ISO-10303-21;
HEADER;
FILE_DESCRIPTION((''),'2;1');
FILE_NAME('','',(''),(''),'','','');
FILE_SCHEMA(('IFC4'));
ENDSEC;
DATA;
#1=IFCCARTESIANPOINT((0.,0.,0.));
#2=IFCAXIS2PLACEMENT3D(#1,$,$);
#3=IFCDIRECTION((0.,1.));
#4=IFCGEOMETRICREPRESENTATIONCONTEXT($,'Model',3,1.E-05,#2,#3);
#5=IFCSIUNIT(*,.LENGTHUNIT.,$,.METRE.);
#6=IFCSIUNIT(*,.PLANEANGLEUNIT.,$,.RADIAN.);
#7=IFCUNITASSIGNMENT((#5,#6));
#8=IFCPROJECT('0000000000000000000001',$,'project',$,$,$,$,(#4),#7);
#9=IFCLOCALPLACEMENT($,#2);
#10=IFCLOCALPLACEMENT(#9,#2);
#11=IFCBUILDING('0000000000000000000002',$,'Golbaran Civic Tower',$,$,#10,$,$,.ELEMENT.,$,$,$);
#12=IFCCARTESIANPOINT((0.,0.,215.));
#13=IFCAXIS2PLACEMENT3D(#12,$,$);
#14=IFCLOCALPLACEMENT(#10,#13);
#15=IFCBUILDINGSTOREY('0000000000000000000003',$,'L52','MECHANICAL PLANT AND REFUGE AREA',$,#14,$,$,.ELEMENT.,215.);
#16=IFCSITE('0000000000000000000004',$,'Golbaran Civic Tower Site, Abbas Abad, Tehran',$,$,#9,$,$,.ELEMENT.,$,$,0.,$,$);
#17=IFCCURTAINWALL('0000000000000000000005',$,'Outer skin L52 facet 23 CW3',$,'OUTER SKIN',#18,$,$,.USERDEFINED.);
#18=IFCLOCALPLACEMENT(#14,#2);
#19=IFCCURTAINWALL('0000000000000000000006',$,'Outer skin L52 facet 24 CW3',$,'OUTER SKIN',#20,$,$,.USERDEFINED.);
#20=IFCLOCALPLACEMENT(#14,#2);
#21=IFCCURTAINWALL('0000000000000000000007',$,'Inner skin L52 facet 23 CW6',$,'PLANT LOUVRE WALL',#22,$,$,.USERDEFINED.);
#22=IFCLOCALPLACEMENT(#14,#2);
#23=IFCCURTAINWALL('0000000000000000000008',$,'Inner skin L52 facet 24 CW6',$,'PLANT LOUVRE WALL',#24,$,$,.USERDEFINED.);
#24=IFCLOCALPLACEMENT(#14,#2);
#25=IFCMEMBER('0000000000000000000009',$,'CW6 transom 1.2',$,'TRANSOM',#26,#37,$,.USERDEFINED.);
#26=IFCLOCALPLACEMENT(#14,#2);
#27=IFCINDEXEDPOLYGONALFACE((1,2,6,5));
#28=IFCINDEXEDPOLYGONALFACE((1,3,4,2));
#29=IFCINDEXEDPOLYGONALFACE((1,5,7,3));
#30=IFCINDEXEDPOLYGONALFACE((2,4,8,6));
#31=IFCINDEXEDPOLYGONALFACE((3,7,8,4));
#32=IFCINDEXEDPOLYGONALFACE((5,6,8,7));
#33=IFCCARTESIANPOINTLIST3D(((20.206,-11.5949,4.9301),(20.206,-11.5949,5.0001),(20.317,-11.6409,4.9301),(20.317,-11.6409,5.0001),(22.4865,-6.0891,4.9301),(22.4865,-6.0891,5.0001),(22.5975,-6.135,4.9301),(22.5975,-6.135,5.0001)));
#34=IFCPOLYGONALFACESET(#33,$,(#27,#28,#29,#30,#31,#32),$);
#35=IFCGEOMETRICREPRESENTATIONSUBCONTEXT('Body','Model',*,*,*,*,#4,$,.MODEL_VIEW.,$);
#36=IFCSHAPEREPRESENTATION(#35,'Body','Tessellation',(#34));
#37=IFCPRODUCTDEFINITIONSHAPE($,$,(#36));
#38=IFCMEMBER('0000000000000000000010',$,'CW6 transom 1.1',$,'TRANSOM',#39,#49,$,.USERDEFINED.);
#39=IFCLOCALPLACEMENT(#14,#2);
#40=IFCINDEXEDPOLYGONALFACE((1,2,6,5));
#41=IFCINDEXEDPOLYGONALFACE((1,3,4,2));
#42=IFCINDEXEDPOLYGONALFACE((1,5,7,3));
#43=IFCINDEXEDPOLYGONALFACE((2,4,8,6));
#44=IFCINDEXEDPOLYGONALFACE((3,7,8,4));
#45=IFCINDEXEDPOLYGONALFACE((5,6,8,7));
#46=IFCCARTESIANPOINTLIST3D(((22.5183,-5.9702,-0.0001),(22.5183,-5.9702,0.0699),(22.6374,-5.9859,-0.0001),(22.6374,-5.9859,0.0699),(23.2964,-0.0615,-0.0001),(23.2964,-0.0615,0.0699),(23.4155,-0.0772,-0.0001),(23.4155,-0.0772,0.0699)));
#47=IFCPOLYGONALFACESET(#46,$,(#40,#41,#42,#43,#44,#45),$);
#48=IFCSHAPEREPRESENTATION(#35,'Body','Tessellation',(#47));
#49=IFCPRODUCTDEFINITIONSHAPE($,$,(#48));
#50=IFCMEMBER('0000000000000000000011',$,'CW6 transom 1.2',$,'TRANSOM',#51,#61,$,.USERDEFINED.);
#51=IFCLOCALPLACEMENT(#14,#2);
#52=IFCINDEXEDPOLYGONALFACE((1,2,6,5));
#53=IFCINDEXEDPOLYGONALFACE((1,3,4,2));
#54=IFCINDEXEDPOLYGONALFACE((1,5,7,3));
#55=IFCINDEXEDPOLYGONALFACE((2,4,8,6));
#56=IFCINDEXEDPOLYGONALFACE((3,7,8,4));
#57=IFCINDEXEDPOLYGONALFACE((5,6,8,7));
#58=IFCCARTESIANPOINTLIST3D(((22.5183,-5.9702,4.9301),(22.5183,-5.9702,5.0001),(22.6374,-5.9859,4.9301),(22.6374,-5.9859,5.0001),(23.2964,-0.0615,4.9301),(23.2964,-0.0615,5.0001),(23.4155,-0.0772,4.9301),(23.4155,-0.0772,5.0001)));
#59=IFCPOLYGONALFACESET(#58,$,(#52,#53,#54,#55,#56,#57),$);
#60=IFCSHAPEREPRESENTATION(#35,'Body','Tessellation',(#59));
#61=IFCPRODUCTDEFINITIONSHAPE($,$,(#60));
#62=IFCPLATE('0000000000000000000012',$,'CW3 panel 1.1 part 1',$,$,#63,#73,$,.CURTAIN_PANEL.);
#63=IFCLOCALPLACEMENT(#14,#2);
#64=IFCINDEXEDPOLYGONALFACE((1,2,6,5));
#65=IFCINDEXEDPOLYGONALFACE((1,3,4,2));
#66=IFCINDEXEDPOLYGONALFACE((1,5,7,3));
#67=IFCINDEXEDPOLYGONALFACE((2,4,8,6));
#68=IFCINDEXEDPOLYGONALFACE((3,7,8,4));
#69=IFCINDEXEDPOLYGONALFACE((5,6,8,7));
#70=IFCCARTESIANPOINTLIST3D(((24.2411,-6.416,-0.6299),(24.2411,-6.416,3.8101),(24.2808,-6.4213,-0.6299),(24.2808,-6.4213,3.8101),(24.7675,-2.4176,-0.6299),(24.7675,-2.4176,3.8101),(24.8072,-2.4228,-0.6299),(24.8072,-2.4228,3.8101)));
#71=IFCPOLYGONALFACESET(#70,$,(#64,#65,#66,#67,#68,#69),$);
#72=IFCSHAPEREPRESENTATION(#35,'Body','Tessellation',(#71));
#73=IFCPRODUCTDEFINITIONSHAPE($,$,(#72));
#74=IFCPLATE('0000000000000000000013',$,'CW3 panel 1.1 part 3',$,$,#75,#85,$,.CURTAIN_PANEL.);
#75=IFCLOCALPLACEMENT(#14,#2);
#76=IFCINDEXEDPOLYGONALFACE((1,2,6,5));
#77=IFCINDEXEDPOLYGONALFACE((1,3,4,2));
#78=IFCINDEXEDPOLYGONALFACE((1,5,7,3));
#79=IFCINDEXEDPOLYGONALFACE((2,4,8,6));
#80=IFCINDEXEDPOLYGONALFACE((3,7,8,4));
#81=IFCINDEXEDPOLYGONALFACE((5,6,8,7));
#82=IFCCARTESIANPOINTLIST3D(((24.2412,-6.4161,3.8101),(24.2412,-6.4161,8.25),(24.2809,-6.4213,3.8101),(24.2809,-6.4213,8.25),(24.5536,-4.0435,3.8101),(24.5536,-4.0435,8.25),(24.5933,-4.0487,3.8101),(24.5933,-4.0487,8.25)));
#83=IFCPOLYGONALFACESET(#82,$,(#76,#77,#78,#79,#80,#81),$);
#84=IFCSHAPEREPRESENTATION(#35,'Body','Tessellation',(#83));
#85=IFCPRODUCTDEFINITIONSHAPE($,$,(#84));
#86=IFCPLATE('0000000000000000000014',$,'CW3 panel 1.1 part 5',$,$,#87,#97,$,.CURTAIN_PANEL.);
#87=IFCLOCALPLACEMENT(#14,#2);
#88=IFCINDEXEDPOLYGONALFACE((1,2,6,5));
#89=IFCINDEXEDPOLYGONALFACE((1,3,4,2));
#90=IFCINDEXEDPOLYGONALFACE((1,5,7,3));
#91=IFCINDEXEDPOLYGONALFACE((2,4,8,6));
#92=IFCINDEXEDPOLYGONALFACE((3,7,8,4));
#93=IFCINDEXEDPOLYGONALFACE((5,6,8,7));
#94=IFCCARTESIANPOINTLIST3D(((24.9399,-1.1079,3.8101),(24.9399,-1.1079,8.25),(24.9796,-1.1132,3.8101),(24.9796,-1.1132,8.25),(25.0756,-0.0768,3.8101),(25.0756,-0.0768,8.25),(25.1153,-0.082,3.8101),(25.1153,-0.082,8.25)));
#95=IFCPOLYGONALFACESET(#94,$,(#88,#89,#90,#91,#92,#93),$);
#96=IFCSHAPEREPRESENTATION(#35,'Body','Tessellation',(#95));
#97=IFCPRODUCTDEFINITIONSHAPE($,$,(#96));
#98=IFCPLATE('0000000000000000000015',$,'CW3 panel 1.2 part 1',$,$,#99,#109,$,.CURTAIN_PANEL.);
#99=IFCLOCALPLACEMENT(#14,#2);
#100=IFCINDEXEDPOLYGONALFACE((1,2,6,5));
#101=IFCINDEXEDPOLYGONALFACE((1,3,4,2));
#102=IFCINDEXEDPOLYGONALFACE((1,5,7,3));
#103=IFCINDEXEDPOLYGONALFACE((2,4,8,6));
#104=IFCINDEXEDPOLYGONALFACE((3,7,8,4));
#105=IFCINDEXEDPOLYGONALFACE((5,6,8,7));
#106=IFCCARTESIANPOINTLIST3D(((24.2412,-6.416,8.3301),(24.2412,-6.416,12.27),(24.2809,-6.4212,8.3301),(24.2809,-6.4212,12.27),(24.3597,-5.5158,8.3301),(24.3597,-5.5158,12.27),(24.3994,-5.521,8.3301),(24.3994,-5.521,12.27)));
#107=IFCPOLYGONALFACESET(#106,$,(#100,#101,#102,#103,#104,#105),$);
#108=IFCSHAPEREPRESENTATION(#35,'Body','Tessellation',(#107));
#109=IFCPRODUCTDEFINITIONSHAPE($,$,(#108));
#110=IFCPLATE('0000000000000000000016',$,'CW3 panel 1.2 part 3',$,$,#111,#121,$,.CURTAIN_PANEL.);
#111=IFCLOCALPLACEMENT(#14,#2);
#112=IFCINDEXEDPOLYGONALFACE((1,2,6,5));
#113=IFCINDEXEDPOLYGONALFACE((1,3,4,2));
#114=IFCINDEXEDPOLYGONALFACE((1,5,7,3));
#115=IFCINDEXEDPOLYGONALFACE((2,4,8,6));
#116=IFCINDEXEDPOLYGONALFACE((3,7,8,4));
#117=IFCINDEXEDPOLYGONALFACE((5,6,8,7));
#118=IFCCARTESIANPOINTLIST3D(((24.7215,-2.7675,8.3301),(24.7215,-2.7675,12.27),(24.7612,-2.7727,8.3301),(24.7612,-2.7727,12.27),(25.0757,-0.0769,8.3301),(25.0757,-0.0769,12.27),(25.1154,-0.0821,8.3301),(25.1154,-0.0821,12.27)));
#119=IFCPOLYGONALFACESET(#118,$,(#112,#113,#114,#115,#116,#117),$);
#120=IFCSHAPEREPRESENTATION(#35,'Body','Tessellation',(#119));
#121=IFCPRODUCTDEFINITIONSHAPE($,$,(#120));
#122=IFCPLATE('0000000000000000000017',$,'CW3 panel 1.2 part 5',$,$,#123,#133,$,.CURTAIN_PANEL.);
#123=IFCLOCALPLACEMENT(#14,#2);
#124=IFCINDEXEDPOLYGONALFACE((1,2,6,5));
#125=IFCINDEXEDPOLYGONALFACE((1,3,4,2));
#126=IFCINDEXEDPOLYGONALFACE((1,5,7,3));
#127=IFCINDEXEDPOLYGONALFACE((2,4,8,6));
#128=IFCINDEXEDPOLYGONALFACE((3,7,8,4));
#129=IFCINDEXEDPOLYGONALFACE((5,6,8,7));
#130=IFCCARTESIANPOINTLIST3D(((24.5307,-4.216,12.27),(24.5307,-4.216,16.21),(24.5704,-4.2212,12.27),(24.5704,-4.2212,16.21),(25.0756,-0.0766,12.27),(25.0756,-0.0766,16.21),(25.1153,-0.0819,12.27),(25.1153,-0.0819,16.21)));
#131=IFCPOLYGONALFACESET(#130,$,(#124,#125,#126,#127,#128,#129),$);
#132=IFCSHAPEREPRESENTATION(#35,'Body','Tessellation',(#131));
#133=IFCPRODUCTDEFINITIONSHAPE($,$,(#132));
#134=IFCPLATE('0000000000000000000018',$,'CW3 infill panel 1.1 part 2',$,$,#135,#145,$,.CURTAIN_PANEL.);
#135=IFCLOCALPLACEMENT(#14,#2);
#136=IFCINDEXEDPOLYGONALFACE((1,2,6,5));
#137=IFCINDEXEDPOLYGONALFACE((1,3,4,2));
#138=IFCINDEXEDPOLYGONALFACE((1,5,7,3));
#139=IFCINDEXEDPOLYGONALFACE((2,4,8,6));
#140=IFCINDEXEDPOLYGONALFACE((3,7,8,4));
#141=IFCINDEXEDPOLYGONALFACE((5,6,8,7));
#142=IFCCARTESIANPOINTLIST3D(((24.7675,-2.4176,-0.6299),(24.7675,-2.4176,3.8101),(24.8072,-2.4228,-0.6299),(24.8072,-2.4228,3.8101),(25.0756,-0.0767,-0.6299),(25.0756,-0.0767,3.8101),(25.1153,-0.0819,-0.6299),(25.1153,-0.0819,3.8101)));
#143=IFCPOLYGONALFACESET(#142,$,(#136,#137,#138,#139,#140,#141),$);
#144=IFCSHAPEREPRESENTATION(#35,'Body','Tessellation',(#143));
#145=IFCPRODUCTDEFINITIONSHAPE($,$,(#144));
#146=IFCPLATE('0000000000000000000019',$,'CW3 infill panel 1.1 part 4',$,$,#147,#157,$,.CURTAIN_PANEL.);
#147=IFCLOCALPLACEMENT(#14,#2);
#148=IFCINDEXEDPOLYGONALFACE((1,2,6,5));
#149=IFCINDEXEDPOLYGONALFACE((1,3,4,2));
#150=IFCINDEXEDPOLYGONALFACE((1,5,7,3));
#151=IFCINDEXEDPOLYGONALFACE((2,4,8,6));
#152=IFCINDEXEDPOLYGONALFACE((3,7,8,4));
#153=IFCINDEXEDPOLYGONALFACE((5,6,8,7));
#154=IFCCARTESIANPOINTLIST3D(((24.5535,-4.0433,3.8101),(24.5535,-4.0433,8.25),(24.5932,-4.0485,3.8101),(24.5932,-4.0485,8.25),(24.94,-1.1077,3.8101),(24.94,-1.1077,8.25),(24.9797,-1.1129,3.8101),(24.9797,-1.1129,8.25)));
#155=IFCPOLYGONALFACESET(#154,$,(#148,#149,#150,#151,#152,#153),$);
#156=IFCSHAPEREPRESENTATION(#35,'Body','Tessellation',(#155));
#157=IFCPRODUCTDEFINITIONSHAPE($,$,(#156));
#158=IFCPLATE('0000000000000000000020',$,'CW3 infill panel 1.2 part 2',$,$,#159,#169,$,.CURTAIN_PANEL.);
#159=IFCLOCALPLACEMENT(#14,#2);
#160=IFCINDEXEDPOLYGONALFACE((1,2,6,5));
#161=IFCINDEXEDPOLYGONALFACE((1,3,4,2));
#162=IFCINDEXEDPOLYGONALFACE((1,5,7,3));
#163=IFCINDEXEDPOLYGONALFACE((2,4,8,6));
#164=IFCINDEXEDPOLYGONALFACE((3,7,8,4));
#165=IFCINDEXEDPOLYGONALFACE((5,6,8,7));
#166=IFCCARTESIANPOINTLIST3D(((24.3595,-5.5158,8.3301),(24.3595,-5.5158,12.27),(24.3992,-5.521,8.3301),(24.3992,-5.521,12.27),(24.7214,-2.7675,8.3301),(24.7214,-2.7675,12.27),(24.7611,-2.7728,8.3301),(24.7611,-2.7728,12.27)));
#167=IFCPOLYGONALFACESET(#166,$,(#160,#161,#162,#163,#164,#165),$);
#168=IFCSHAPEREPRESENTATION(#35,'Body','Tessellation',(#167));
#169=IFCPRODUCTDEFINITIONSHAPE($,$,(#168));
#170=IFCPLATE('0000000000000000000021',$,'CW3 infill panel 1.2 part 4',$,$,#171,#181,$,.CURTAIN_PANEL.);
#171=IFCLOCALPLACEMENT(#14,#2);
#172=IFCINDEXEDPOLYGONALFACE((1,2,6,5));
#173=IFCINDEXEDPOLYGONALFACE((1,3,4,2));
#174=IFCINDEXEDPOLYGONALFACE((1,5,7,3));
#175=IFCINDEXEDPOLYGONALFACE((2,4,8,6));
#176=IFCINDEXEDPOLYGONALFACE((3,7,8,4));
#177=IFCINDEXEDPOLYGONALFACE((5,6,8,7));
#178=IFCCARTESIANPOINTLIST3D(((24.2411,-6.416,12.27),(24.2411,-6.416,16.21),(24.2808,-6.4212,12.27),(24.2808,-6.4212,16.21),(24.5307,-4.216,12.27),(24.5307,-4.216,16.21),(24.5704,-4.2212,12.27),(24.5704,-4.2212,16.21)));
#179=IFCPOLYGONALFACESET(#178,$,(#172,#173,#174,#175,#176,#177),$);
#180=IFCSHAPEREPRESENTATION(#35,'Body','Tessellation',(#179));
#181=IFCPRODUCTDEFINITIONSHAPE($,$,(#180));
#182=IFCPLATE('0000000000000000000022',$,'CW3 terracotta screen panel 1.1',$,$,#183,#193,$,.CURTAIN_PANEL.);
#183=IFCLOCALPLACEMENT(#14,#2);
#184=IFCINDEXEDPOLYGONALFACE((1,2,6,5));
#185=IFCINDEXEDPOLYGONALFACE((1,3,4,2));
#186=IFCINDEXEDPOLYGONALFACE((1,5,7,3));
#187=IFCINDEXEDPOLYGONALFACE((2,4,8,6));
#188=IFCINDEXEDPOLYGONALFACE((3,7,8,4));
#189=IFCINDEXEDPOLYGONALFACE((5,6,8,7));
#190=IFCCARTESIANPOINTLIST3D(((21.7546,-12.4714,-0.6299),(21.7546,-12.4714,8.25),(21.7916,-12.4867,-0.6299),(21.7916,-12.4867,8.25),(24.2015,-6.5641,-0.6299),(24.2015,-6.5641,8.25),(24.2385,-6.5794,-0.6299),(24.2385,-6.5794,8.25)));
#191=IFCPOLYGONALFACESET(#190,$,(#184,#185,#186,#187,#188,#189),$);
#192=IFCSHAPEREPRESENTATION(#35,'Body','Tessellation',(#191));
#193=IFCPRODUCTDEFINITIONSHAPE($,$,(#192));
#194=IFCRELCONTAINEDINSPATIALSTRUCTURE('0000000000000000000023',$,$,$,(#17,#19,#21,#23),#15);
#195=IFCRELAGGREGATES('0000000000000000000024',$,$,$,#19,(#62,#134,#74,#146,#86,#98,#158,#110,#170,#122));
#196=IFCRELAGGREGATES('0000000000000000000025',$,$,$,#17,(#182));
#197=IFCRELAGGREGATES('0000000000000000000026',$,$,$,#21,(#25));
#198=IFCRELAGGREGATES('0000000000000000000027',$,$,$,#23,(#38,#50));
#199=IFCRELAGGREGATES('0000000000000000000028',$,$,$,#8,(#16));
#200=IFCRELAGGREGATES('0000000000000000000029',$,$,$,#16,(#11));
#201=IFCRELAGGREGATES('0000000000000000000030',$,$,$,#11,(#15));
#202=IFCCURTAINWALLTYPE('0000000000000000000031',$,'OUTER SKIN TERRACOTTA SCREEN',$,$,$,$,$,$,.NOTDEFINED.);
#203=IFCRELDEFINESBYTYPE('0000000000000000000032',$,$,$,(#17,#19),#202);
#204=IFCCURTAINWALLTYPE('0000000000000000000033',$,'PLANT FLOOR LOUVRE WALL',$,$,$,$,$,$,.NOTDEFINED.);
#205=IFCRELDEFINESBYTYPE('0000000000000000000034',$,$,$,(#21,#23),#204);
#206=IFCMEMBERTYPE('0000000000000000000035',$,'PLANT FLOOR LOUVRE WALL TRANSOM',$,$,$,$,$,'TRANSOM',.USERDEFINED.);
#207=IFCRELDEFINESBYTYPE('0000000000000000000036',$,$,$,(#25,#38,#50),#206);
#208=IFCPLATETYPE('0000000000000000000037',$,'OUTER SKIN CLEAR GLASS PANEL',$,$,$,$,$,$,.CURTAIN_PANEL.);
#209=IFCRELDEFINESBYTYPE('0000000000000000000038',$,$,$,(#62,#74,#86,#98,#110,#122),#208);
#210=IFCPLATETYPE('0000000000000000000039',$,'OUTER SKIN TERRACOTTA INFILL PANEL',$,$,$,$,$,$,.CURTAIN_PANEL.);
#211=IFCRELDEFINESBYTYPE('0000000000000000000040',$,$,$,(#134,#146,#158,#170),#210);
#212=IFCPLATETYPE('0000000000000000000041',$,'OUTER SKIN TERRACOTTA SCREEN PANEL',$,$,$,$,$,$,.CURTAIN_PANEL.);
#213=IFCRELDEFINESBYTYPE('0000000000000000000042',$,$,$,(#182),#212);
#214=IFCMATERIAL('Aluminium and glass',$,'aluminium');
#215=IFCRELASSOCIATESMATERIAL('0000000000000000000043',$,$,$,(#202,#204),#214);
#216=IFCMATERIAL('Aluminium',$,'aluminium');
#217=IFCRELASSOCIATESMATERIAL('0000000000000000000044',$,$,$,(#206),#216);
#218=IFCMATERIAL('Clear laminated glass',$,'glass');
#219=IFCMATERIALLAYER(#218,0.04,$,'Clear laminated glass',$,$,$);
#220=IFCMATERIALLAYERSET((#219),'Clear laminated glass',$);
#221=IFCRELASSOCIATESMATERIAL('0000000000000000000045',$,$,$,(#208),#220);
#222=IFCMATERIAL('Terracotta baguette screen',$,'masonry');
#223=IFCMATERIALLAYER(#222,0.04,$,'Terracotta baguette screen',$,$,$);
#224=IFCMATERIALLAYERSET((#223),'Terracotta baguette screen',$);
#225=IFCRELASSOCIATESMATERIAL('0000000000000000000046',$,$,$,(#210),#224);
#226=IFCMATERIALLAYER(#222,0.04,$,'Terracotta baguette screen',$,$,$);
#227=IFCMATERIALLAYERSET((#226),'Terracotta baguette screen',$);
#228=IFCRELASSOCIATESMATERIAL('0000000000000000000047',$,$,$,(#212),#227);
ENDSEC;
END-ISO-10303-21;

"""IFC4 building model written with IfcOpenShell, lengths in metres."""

from ifc_helpers import new_model, si_unit, direction, frame, origin, origin_2d, place, context, subcontext, project, spatial, rectangle, extrude, material, layer, layer_set, material_profile, profile_set, type_object, element, aggregate, save


model = new_model("IFC4")

# Units and contexts
model_context = context("Model", 3, precision=1e-05, world=origin(), true_north=direction((0.0, 1.0)))
body_context = subcontext(model_context, "Body", "Model", "MODEL_VIEW")
ifc_project = project(units=[si_unit("LENGTHUNIT", "METRE"), si_unit("PLANEANGLEUNIT", "RADIAN")], contexts=[model_context])

# Site, building, storey
site_placement = place(None, origin())
site = spatial("IfcSite", under=ifc_project, at=site_placement, Name="Golbaran Civic Tower Site, Abbas Abad, Tehran", CompositionType="ELEMENT", RefElevation=0.0)
building_placement = place(site_placement, origin())
building = spatial("IfcBuilding", under=site, at=building_placement, Name="Golbaran Civic Tower", CompositionType="ELEMENT")
storey_placement = place(building_placement, frame((0.0, 0.0, 215.0)))
storey = spatial("IfcBuildingStorey", under=building, at=storey_placement, Name="L52", Description="MECHANICAL PLANT AND REFUGE AREA", CompositionType="ELEMENT", Elevation=215.0)

# Curtain wall
ifc_material_1 = material(Name="Aluminium and glass", Category="aluminium")
curtain_wall_type_1 = type_object("IfcCurtainWallType", Name="OUTER SKIN TERRACOTTA SCREEN", PredefinedType="NOTDEFINED", material=ifc_material_1)
curtain_wall_1_placement = place(storey_placement, origin())
curtain_wall_1 = element("IfcCurtainWall", 1, at=curtain_wall_1_placement, inside=storey, type_object=curtain_wall_type_1, Name="Outer skin L52 facet 23 CW3", ObjectType="OUTER SKIN", PredefinedType="USERDEFINED")
ifc_material_2 = material(Name="Aluminium", Category="aluminium")

# Curtain wall
curtain_wall_2_placement = place(storey_placement, origin())
curtain_wall_2 = element("IfcCurtainWall", 2, at=curtain_wall_2_placement, inside=storey, type_object=curtain_wall_type_1, Name="Outer skin L52 facet 24 CW3", ObjectType="OUTER SKIN", PredefinedType="USERDEFINED")

# Curtain wall
curtain_wall_type_2 = type_object("IfcCurtainWallType", Name="PLANT FLOOR LOUVRE WALL", PredefinedType="NOTDEFINED", material=ifc_material_1)
curtain_wall_3_placement = place(storey_placement, origin())
curtain_wall_3 = element("IfcCurtainWall", 3, at=curtain_wall_3_placement, inside=storey, type_object=curtain_wall_type_2, Name="Inner skin L52 facet 23 CW6", ObjectType="PLANT LOUVRE WALL", PredefinedType="USERDEFINED")

# Curtain wall
curtain_wall_4_placement = place(storey_placement, origin())
curtain_wall_4 = element("IfcCurtainWall", 4, at=curtain_wall_4_placement, inside=storey, type_object=curtain_wall_type_2, Name="Inner skin L52 facet 24 CW6", ObjectType="PLANT LOUVRE WALL", PredefinedType="USERDEFINED")

# Members
ifc_material_profile_1 = material_profile(ifc_material_2, rectangle(XDim=0.1201, YDim=0.0701, at=origin_2d()), Name="PLANT FLOOR LOUVRE WALL TRANSOM")
ifc_profile_set_1 = profile_set([ifc_material_profile_1], Name="Aluminium")
member_type_1 = type_object("IfcMemberType", Name="PLANT FLOOR LOUVRE WALL TRANSOM", ElementType="TRANSOM", PredefinedType="USERDEFINED", material=ifc_profile_set_1)
member_1_placement = place(storey_placement, frame((20.2615, -11.6179, 4.9651), z_axis=(0.382671, 0.923885, 0.0), x_axis=(-0.923885, 0.382671, 0.0)))
member_1 = element("IfcMember", 5, at=member_1_placement, type_object=member_type_1, Name="CW6 transom 1.2", ObjectType="TRANSOM", PredefinedType="USERDEFINED", context=body_context, shape_type="SweptSolid", body=[
    extrude(rectangle(XDim=0.1201, YDim=0.0701, at=origin_2d()), origin(), (0.0, 0.0, 1.0), 5.9595),
])
member_2_placement = place(storey_placement, frame((22.5779, -5.978, 0.0349), z_axis=(0.130556, 0.991441, 0.0), x_axis=(-0.991441, 0.130556, 0.0)))
member_2 = element("IfcMember", 6, at=member_2_placement, type_object=member_type_1, Name="CW6 transom 1.1", ObjectType="TRANSOM", PredefinedType="USERDEFINED", context=body_context, shape_type="SweptSolid", body=[
    extrude(rectangle(XDim=0.1201, YDim=0.0701, at=origin_2d()), origin(), (0.0, 0.0, 1.0), 5.9597),
])
member_3_placement = place(storey_placement, frame((22.5779, -5.978, 4.9651), z_axis=(0.130556, 0.991441, 0.0), x_axis=(-0.991441, 0.130556, 0.0)))
member_3 = element("IfcMember", 7, at=member_3_placement, type_object=member_type_1, Name="CW6 transom 1.2", ObjectType="TRANSOM", PredefinedType="USERDEFINED", context=body_context, shape_type="SweptSolid", body=[
    extrude(rectangle(XDim=0.1201, YDim=0.0701, at=origin_2d()), origin(), (0.0, 0.0, 1.0), 5.9597),
])

# Plates
ifc_material_3 = material(Name="Clear laminated glass", Category="glass")
ifc_layer_1 = layer(ifc_material_3, 0.04, Name="Clear laminated glass")
ifc_layer_set_1 = layer_set([ifc_layer_1], Name="Clear laminated glass")
plate_type_1 = type_object("IfcPlateType", Name="OUTER SKIN CLEAR GLASS PANEL", PredefinedType="CURTAIN_PANEL", material=ifc_layer_set_1)
plate_1_placement = place(storey_placement, frame((24.5242, -4.4194, -0.6299), z_axis=(0.0, 0.0, 1.0), x_axis=(0.130526, 0.991445, 0.0)))
plate_1 = element("IfcPlate", 8, at=plate_1_placement, type_object=plate_type_1, Name="CW3 panel 1.1 part 1", PredefinedType="CURTAIN_PANEL", context=body_context, shape_type="SweptSolid", body=[
    extrude(rectangle(XDim=4.033, YDim=0.04, at=origin_2d()), origin(), (0.0, 0.0, 1.0), 4.4399),
])
plate_2_placement = place(storey_placement, frame((24.4172, -5.2324, 3.8101), z_axis=(0.0, 0.0, 1.0), x_axis=(0.130526, 0.991445, 0.0)))
plate_2 = element("IfcPlate", 9, at=plate_2_placement, type_object=plate_type_1, Name="CW3 panel 1.1 part 3", PredefinedType="CURTAIN_PANEL", context=body_context, shape_type="SweptSolid", body=[
    extrude(rectangle(XDim=2.3931, YDim=0.04, at=origin_2d()), origin(), (0.0, 0.0, 1.0), 4.4399),
])
plate_3_placement = place(storey_placement, frame((25.0276, -0.595, 3.8101), z_axis=(0.0, 0.0, 1.0), x_axis=(0.130526, 0.991445, 0.0)))
plate_3 = element("IfcPlate", 10, at=plate_3_placement, type_object=plate_type_1, Name="CW3 panel 1.1 part 5", PredefinedType="CURTAIN_PANEL", context=body_context, shape_type="SweptSolid", body=[
    extrude(rectangle(XDim=1.04, YDim=0.04, at=origin_2d()), origin(), (0.0, 0.0, 1.0), 4.4399),
])
plate_4_placement = place(storey_placement, frame((24.3203, -5.9685, 8.3301), z_axis=(0.0, 0.0, 1.0), x_axis=(0.130526, 0.991445, 0.0)))
plate_4 = element("IfcPlate", 11, at=plate_4_placement, type_object=plate_type_1, Name="CW3 panel 1.2 part 1", PredefinedType="CURTAIN_PANEL", context=body_context, shape_type="SweptSolid", body=[
    extrude(rectangle(XDim=0.908, YDim=0.04, at=origin_2d()), origin(), (0.0, 0.0, 1.0), 3.9399),
])
plate_5_placement = place(storey_placement, frame((24.9185, -1.4248, 8.3301), z_axis=(0.0, 0.0, 1.0), x_axis=(0.130526, 0.991445, 0.0)))
plate_5 = element("IfcPlate", 12, at=plate_5_placement, type_object=plate_type_1, Name="CW3 panel 1.2 part 3", PredefinedType="CURTAIN_PANEL", context=body_context, shape_type="SweptSolid", body=[
    extrude(rectangle(XDim=2.7139, YDim=0.04, at=origin_2d()), origin(), (0.0, 0.0, 1.0), 3.9399),
])
plate_6_placement = place(storey_placement, frame((24.823, -2.1489, 12.27), z_axis=(0.0, 0.0, 1.0), x_axis=(0.130526, 0.991445, 0.0)))
plate_6 = element("IfcPlate", 13, at=plate_6_placement, type_object=plate_type_1, Name="CW3 panel 1.2 part 5", PredefinedType="CURTAIN_PANEL", context=body_context, shape_type="SweptSolid", body=[
    extrude(rectangle(XDim=4.175, YDim=0.04, at=origin_2d()), origin(), (0.0, 0.0, 1.0), 3.9399),
])
ifc_material_4 = material(Name="Terracotta baguette screen", Category="masonry")
ifc_layer_2 = layer(ifc_material_4, 0.04, Name="Terracotta baguette screen")
ifc_layer_set_2 = layer_set([ifc_layer_2], Name="Terracotta baguette screen")
plate_type_2 = type_object("IfcPlateType", Name="OUTER SKIN TERRACOTTA INFILL PANEL", PredefinedType="CURTAIN_PANEL", material=ifc_layer_set_2)
plate_7_placement = place(storey_placement, frame((24.9414, -1.2498, -0.6299), z_axis=(0.0, 0.0, 1.0), x_axis=(0.130526, 0.991445, 0.0)))
plate_7 = element("IfcPlate", 14, at=plate_7_placement, type_object=plate_type_2, Name="CW3 infill panel 1.1 part 2", PredefinedType="CURTAIN_PANEL", context=body_context, shape_type="SweptSolid", body=[
    extrude(rectangle(XDim=2.3611, YDim=0.04, at=origin_2d()), origin(), (0.0, 0.0, 1.0), 4.4399),
])
plate_8_placement = place(storey_placement, frame((24.7666, -2.5781, 3.8101), z_axis=(0.0, 0.0, 1.0), x_axis=(0.130526, 0.991445, 0.0)))
plate_8 = element("IfcPlate", 15, at=plate_8_placement, type_object=plate_type_2, Name="CW3 infill panel 1.1 part 4", PredefinedType="CURTAIN_PANEL", context=body_context, shape_type="SweptSolid", body=[
    extrude(rectangle(XDim=2.9609, YDim=0.04, at=origin_2d()), origin(), (0.0, 0.0, 1.0), 4.4399),
])
plate_9_placement = place(storey_placement, frame((24.5603, -4.1443, 8.3301), z_axis=(0.0, 0.0, 1.0), x_axis=(0.130526, 0.991445, 0.0)))
plate_9 = element("IfcPlate", 16, at=plate_9_placement, type_object=plate_type_2, Name="CW3 infill panel 1.2 part 2", PredefinedType="CURTAIN_PANEL", context=body_context, shape_type="SweptSolid", body=[
    extrude(rectangle(XDim=2.772, YDim=0.04, at=origin_2d()), origin(), (0.0, 0.0, 1.0), 3.9399),
])
plate_10_placement = place(storey_placement, frame((24.4058, -5.3186, 12.27), z_axis=(0.0, 0.0, 1.0), x_axis=(0.130526, 0.991445, 0.0)))
plate_10 = element("IfcPlate", 17, at=plate_10_placement, type_object=plate_type_2, Name="CW3 infill panel 1.2 part 4", PredefinedType="CURTAIN_PANEL", context=body_context, shape_type="SweptSolid", body=[
    extrude(rectangle(XDim=2.219, YDim=0.04, at=origin_2d()), origin(), (0.0, 0.0, 1.0), 3.9399),
])
aggregate(curtain_wall_2, [plate_1, plate_7, plate_2, plate_8, plate_3, plate_4, plate_9, plate_5, plate_10, plate_6])
ifc_layer_3 = layer(ifc_material_4, 0.04, Name="Terracotta baguette screen")
ifc_layer_set_3 = layer_set([ifc_layer_3], Name="Terracotta baguette screen")
plate_type_3 = type_object("IfcPlateType", Name="OUTER SKIN TERRACOTTA SCREEN PANEL", PredefinedType="CURTAIN_PANEL", material=ifc_layer_set_3)
plate_11_placement = place(storey_placement, frame((22.9966, -9.5254, -0.6299), z_axis=(0.0, 0.0, 1.0), x_axis=(0.382683, 0.92388, 0.0)))
plate_11 = element("IfcPlate", 18, at=plate_11_placement, type_object=plate_type_3, Name="CW3 terracotta screen panel 1.1", PredefinedType="CURTAIN_PANEL", context=body_context, shape_type="SweptSolid", body=[
    extrude(rectangle(XDim=6.394, YDim=0.04, at=origin_2d()), origin(), (0.0, 0.0, 1.0), 8.8799),
])
aggregate(curtain_wall_1, [plate_11])
aggregate(curtain_wall_3, [member_1])
aggregate(curtain_wall_4, [member_2, member_3])

save(model, "model.ifc")
